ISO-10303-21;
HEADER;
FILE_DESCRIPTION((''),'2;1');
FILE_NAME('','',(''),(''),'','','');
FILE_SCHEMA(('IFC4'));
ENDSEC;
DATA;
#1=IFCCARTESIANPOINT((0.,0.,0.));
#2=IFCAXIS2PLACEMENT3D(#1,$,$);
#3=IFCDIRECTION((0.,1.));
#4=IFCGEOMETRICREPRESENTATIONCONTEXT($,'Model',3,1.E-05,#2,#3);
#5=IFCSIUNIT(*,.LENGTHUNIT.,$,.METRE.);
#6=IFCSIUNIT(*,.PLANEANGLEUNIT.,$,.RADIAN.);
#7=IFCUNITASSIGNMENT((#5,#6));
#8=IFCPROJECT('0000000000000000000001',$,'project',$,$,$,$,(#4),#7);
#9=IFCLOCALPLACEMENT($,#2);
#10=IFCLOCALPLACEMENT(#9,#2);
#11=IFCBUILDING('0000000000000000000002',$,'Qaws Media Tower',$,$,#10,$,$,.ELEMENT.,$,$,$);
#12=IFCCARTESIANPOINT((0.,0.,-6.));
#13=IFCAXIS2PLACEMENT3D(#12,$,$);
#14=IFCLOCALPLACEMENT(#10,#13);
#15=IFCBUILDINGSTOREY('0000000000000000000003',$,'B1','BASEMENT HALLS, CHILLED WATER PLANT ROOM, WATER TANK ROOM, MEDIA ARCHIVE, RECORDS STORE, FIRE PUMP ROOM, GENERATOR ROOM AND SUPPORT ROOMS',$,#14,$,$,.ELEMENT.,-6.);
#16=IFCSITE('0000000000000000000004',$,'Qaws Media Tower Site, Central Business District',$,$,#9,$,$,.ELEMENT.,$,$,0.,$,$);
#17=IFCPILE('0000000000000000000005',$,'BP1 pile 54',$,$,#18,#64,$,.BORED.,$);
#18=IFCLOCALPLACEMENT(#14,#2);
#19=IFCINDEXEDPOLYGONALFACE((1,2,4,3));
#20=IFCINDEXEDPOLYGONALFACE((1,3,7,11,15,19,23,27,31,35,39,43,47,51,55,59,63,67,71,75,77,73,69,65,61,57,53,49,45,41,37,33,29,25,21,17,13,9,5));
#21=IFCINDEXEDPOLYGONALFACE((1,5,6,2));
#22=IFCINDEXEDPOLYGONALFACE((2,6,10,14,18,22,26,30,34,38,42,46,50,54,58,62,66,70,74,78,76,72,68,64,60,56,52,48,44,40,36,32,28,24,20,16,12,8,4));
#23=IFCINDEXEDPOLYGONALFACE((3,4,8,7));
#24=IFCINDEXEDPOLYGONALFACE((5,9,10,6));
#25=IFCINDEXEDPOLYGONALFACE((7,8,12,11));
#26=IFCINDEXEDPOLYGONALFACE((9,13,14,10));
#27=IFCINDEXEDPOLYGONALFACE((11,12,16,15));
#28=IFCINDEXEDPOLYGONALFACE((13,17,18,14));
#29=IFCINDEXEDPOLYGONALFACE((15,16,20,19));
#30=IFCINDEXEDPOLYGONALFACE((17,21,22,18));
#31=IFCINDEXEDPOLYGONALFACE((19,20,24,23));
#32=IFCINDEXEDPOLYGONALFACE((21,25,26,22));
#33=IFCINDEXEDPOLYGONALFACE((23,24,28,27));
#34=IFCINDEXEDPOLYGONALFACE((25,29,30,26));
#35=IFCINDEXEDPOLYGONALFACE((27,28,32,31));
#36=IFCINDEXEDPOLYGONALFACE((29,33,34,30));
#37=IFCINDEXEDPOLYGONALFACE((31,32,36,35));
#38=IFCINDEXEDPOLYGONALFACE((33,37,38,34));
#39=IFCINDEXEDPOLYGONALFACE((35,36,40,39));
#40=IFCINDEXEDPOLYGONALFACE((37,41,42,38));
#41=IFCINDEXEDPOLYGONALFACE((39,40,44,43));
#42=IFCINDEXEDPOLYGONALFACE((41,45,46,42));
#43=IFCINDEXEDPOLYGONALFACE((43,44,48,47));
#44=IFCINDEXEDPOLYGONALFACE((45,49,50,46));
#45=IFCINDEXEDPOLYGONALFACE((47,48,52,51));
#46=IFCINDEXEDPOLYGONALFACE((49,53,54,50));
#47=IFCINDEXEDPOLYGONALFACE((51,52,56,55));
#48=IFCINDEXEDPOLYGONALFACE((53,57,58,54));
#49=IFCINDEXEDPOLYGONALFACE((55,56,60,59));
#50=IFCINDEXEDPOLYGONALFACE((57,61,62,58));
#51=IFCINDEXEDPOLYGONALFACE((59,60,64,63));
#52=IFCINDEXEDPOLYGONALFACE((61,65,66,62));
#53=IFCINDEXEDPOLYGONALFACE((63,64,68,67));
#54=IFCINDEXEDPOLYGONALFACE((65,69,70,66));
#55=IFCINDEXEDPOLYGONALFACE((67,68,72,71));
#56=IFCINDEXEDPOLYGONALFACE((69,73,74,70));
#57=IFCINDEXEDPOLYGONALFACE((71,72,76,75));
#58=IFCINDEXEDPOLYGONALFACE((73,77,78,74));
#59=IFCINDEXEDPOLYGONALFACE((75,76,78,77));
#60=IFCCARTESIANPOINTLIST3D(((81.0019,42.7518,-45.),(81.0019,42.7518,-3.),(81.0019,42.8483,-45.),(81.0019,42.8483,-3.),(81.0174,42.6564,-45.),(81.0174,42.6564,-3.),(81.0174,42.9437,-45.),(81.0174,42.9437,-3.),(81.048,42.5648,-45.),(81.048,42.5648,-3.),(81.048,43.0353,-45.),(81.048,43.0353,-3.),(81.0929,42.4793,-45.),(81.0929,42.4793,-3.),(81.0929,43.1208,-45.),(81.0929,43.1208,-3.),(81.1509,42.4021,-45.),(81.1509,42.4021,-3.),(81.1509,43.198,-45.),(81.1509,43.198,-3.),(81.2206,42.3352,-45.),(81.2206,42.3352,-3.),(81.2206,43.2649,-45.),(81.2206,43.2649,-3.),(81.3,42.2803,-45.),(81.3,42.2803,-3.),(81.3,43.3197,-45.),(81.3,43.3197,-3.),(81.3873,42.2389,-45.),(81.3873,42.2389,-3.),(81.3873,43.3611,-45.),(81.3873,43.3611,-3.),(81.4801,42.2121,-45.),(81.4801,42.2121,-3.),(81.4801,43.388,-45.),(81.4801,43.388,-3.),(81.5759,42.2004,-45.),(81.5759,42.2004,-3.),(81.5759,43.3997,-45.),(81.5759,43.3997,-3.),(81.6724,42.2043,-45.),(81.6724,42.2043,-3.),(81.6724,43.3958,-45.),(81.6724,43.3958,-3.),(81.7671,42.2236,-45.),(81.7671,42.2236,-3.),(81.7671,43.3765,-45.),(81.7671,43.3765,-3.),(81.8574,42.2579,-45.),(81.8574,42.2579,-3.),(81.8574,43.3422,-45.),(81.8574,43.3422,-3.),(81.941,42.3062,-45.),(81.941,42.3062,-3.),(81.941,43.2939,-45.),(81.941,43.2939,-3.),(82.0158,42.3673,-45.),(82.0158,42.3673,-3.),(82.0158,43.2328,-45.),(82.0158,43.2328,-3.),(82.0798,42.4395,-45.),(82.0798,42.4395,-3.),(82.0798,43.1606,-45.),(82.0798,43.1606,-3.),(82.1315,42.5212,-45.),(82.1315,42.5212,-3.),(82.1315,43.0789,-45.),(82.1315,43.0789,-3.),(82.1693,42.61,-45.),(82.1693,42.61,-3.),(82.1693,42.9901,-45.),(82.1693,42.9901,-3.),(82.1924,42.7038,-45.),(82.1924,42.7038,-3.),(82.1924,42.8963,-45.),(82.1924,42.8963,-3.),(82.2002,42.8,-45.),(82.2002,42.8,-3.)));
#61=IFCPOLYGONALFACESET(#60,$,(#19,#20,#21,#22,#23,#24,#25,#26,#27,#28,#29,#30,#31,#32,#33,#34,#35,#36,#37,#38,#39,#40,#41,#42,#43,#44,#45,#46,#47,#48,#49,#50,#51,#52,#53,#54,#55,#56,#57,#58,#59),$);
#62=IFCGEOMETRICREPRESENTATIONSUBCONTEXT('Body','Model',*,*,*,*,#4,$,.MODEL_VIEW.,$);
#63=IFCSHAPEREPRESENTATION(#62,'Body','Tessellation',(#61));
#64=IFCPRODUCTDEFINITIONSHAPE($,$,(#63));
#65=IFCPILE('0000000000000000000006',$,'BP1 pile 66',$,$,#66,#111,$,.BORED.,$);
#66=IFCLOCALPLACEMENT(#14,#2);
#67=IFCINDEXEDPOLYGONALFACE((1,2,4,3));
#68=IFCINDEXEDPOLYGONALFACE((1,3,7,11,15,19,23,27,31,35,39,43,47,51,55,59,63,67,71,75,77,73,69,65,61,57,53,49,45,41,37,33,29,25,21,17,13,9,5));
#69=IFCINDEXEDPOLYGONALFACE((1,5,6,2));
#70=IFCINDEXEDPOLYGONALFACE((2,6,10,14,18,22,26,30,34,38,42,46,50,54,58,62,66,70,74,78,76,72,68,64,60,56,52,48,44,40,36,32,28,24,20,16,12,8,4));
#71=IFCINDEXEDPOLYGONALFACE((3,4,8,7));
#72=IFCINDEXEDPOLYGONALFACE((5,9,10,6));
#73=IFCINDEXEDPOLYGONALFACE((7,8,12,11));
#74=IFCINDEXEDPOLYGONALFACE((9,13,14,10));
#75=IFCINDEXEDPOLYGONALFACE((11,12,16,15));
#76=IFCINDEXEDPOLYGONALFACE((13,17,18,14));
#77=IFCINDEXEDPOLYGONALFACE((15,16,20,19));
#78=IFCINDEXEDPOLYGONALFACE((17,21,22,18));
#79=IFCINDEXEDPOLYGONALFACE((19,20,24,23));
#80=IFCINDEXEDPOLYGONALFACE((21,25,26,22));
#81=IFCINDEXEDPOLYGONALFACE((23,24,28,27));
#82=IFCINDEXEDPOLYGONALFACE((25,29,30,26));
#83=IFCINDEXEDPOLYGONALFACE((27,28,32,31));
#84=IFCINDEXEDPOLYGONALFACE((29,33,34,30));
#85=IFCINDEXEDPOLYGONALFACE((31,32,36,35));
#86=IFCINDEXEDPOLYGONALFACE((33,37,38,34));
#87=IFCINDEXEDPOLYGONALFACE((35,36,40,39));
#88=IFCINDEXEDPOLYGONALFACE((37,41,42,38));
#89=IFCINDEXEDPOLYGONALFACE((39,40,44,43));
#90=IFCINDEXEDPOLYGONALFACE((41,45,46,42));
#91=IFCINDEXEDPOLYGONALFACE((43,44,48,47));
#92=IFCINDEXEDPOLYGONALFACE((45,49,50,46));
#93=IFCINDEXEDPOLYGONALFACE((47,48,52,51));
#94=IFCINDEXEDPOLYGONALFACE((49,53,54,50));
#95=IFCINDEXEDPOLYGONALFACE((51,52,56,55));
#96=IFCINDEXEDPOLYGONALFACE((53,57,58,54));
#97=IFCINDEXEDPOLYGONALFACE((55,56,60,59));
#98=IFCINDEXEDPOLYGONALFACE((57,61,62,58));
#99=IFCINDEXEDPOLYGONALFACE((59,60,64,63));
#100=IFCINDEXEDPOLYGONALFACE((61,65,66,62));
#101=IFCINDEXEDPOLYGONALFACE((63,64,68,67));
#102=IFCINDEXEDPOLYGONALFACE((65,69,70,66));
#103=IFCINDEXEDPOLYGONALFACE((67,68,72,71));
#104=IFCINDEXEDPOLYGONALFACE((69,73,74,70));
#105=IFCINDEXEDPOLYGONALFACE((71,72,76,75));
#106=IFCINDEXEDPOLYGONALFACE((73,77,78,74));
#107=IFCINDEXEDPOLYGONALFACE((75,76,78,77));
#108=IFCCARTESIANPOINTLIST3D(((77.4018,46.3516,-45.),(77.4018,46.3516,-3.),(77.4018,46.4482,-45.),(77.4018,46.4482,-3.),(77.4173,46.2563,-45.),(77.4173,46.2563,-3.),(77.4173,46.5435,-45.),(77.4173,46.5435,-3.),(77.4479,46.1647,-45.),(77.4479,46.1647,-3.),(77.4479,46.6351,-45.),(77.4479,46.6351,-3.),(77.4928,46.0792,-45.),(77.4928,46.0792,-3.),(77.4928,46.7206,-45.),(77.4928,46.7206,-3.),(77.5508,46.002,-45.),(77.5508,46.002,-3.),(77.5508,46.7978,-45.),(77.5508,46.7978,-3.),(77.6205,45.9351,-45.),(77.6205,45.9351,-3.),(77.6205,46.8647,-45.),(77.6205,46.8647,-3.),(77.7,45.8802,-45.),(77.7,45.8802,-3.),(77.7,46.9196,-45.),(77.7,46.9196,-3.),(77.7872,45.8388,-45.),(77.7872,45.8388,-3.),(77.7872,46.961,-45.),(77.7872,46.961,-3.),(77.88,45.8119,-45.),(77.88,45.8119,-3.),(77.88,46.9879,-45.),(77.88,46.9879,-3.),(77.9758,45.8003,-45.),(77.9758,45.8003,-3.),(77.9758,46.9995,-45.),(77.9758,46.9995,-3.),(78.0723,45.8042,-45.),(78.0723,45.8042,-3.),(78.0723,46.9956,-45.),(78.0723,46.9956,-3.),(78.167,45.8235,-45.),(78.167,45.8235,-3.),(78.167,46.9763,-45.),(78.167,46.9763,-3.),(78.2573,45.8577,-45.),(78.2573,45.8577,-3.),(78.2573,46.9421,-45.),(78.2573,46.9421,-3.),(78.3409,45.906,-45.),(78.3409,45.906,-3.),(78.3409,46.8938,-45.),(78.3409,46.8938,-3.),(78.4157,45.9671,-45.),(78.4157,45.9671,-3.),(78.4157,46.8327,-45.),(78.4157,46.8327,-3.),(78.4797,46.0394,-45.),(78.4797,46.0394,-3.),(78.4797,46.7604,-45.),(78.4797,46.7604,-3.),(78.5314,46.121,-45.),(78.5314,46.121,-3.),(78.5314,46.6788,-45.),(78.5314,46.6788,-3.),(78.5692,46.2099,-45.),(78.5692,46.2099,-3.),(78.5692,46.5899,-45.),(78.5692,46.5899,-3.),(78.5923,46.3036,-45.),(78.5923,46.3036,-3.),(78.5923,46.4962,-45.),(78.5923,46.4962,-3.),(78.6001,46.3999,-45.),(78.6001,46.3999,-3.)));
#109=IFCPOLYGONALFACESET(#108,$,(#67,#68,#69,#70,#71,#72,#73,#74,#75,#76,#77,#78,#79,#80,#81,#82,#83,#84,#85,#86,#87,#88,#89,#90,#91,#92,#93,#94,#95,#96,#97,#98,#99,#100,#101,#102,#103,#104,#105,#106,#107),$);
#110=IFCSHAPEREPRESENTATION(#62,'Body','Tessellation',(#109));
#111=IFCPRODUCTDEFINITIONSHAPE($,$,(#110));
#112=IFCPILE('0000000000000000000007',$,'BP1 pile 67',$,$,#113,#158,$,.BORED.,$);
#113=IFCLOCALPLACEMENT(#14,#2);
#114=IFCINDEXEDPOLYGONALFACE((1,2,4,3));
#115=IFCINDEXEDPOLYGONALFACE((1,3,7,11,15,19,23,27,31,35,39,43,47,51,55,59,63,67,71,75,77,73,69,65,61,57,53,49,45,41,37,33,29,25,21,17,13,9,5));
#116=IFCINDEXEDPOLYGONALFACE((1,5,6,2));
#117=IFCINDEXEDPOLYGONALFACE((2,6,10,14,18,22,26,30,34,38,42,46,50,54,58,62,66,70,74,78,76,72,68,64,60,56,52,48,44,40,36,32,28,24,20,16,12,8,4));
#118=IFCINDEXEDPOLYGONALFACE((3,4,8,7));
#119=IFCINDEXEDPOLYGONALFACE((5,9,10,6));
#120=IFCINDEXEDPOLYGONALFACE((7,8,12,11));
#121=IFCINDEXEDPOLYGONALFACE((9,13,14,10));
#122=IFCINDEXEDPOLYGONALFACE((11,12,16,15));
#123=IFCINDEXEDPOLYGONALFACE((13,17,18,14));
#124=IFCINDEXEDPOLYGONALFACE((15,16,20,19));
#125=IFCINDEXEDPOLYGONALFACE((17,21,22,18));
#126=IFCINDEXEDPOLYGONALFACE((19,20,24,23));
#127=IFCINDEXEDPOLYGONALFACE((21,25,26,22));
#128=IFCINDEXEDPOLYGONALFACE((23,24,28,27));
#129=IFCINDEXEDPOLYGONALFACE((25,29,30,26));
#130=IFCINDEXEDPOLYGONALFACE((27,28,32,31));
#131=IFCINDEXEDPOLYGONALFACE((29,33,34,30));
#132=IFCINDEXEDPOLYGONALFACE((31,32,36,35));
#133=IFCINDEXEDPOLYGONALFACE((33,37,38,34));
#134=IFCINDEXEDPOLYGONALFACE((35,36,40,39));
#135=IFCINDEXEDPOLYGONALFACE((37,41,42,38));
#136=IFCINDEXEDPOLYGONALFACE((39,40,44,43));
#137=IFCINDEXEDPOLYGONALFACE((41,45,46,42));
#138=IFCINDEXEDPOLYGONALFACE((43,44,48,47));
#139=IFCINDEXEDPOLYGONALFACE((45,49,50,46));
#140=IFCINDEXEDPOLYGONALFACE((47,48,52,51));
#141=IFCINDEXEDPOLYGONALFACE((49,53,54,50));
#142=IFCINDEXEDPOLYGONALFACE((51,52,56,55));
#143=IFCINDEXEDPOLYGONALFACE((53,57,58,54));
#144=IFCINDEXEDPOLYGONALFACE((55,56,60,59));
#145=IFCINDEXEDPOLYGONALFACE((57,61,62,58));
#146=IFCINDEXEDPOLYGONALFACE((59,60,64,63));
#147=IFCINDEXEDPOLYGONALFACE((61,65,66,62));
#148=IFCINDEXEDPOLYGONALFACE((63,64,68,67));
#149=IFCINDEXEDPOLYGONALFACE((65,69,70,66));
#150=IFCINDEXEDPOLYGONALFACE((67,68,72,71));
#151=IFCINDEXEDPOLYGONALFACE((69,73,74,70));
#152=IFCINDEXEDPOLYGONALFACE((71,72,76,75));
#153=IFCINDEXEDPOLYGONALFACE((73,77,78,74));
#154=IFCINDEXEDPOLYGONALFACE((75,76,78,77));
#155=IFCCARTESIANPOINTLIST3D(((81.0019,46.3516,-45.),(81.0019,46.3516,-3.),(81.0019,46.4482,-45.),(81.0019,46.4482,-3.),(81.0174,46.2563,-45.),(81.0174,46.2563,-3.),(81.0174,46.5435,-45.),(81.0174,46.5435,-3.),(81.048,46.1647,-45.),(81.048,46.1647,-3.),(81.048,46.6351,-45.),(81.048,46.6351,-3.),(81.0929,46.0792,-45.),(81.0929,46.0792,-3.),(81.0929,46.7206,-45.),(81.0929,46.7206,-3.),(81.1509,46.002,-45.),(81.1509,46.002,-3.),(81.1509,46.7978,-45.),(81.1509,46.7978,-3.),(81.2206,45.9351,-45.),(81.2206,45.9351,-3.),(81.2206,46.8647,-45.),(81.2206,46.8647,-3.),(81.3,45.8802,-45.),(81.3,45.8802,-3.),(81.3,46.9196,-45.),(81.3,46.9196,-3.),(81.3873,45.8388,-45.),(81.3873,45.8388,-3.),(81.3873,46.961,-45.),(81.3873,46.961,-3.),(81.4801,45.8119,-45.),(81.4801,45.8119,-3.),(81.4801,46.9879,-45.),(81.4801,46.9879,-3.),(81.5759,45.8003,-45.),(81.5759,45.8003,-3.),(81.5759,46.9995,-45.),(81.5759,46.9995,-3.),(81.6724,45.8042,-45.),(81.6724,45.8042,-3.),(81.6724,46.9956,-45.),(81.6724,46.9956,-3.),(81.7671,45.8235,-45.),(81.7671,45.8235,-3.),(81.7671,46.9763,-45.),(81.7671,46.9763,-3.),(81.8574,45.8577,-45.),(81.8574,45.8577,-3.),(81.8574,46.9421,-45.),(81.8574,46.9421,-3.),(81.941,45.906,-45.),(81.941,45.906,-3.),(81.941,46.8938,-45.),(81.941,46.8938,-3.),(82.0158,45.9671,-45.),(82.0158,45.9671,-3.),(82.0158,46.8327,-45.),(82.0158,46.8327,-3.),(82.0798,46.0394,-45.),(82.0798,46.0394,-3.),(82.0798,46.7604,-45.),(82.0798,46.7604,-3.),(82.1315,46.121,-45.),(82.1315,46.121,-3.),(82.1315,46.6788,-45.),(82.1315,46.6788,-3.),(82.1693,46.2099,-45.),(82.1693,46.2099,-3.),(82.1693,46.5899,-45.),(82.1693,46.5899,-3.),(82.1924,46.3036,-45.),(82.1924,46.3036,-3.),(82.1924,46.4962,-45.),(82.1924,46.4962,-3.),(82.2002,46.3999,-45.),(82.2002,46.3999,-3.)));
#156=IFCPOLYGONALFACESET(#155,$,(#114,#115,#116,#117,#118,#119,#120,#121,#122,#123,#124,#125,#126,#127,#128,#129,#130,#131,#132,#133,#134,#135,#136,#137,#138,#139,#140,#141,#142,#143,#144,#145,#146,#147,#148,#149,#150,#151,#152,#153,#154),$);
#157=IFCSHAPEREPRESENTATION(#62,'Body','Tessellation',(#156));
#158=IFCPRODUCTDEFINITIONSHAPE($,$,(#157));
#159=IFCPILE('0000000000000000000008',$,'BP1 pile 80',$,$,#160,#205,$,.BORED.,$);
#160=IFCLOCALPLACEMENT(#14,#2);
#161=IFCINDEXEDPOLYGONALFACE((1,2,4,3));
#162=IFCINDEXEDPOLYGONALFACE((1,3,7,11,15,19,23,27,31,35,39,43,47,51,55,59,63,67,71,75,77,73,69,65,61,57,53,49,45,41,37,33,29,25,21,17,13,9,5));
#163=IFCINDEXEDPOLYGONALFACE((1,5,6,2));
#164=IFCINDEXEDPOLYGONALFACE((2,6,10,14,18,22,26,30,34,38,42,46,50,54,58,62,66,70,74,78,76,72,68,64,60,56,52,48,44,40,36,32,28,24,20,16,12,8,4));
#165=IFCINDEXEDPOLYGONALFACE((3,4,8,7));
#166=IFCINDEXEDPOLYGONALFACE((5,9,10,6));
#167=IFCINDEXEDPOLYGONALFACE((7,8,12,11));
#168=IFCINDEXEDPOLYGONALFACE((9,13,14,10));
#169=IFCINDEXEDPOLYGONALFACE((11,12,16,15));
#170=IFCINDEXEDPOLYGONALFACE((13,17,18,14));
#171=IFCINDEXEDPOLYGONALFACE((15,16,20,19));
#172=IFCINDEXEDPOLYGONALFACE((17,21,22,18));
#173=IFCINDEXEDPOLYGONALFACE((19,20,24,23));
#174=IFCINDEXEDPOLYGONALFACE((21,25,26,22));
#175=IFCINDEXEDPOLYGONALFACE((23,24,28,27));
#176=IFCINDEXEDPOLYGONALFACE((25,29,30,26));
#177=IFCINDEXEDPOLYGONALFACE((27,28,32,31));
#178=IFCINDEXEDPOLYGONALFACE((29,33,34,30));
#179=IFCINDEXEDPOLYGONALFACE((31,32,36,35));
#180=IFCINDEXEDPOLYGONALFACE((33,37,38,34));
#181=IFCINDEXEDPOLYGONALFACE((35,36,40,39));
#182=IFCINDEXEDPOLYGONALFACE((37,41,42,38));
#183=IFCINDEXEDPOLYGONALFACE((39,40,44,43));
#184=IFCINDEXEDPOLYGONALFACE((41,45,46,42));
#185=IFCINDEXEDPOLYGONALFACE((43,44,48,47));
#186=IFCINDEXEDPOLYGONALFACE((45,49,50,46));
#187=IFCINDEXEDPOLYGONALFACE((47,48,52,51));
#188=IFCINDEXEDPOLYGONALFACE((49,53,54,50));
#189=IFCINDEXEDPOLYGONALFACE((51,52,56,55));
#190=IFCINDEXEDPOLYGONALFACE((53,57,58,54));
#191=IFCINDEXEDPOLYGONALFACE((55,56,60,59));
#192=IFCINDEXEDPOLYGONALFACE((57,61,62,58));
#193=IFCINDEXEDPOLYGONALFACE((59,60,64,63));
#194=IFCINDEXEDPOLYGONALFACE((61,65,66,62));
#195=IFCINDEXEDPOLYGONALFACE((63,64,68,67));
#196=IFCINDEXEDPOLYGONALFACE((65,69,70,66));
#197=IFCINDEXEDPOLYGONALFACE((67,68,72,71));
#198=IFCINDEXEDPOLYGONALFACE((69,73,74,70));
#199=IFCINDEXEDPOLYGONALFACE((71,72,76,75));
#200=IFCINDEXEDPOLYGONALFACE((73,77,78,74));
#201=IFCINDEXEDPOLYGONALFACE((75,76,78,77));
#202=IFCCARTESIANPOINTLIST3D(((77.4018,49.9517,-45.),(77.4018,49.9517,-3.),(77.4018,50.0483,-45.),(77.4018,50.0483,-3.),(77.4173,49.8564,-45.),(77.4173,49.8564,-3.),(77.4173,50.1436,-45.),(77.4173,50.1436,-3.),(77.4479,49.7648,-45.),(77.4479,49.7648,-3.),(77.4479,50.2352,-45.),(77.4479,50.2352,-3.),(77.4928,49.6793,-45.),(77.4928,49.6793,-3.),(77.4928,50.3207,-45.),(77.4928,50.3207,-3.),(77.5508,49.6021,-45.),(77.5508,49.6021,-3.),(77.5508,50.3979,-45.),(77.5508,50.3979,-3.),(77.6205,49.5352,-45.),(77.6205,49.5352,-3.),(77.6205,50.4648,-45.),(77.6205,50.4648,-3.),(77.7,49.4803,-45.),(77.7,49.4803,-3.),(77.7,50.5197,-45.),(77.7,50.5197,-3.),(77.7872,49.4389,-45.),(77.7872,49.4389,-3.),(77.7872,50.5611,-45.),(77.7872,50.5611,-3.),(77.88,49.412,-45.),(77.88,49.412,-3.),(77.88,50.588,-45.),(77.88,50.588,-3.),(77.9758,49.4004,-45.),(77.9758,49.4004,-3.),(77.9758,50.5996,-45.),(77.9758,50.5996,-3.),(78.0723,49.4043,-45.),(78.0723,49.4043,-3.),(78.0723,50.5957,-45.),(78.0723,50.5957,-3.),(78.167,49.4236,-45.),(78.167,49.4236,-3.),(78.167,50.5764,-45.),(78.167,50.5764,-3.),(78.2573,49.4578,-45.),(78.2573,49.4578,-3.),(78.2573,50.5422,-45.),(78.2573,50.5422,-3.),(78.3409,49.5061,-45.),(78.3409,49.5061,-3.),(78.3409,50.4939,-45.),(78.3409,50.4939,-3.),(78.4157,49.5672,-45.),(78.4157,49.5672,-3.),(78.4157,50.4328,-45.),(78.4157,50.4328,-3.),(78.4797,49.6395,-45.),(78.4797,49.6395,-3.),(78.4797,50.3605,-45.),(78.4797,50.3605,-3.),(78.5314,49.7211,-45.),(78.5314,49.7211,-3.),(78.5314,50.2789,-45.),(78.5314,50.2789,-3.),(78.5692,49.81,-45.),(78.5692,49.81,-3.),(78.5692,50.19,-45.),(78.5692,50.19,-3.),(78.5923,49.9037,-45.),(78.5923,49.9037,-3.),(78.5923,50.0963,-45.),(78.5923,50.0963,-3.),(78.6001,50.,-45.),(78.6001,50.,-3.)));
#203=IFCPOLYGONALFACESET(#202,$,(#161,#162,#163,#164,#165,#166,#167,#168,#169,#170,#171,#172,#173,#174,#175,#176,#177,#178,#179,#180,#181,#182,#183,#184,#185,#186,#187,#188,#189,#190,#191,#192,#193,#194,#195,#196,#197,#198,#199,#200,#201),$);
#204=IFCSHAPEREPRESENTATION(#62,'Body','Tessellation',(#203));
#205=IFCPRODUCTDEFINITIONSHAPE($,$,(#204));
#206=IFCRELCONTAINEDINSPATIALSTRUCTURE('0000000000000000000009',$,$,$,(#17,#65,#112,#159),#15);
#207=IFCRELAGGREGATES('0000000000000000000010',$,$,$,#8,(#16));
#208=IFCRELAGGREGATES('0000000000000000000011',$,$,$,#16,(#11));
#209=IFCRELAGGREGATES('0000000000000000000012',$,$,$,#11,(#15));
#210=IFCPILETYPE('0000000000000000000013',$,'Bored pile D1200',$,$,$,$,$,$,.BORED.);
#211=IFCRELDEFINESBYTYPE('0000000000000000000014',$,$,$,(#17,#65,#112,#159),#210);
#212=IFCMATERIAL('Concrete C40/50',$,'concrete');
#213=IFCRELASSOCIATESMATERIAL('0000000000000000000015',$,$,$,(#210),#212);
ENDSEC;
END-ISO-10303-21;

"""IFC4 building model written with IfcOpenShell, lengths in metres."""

from ifc_helpers import new_model, si_unit, direction, frame, origin, origin_2d, place, context, subcontext, project, spatial, circle, extrude, material, material_profile, profile_set, type_object, element, save


model = new_model("IFC4")

# Units and contexts
model_context = context("Model", 3, precision=1e-05, world=origin(), true_north=direction((0.0, 1.0)))
body_context = subcontext(model_context, "Body", "Model", "MODEL_VIEW")
ifc_project = project(units=[si_unit("LENGTHUNIT", "METRE"), si_unit("PLANEANGLEUNIT", "RADIAN")], contexts=[model_context])

# Site, building, storey
site_placement = place(None, origin())
site = spatial("IfcSite", under=ifc_project, at=site_placement, Name="Qaws Media Tower Site, Central Business District", CompositionType="ELEMENT", RefElevation=0.0)
building_placement = place(site_placement, origin())
building = spatial("IfcBuilding", under=site, at=building_placement, Name="Qaws Media Tower", CompositionType="ELEMENT")
storey_placement = place(building_placement, frame((0.0, 0.0, -6.0)))
storey = spatial("IfcBuildingStorey", under=building, at=storey_placement, Name="B1", Description="BASEMENT HALLS, CHILLED WATER PLANT ROOM, WATER TANK ROOM, MEDIA ARCHIVE, RECORDS STORE, FIRE PUMP ROOM, GENERATOR ROOM AND SUPPORT ROOMS", CompositionType="ELEMENT", Elevation=-6.0)

# Piles
ifc_material_1 = material(Name="Concrete C40/50", Category="concrete")
ifc_material_profile_1 = material_profile(ifc_material_1, circle(Radius=0.6001, at=origin_2d()), Name="D1200")
ifc_profile_set_1 = profile_set([ifc_material_profile_1], Name="Concrete C40/50")
pile_type_1 = type_object("IfcPileType", Name="Bored pile D1200", PredefinedType="BORED", material=ifc_profile_set_1)
for number, where, z_axis, x_axis, name in (
    (1, (81.6001, 42.8, -3.0), (0.0, 0.0, -1.0), (1.0, 0.0, 0.0), "BP1 pile 54"),
    (2, (78.0, 46.3999, -3.0), (0.0, 0.0, -1.0), (1.0, 0.0, 0.0), "BP1 pile 66"),
    (3, (81.6001, 46.3999, -3.0), (0.0, 0.0, -1.0), (1.0, 0.0, 0.0), "BP1 pile 67"),
    (4, (78.0, 50.0, -3.0), (0.0, 0.0, -1.0), (1.0, 0.0, 0.0), "BP1 pile 80"),
):
    element("IfcPile", number, at=place(storey_placement, frame(where, z_axis=z_axis, x_axis=x_axis)), inside=storey, type_object=pile_type_1, Name=name, PredefinedType="BORED", context=body_context, shape_type="SweptSolid", body=[
        extrude(circle(Radius=0.6001, at=origin_2d()), origin(), (0.0, 0.0, 1.0), 42.0),
    ])

save(model, "model.ifc")
